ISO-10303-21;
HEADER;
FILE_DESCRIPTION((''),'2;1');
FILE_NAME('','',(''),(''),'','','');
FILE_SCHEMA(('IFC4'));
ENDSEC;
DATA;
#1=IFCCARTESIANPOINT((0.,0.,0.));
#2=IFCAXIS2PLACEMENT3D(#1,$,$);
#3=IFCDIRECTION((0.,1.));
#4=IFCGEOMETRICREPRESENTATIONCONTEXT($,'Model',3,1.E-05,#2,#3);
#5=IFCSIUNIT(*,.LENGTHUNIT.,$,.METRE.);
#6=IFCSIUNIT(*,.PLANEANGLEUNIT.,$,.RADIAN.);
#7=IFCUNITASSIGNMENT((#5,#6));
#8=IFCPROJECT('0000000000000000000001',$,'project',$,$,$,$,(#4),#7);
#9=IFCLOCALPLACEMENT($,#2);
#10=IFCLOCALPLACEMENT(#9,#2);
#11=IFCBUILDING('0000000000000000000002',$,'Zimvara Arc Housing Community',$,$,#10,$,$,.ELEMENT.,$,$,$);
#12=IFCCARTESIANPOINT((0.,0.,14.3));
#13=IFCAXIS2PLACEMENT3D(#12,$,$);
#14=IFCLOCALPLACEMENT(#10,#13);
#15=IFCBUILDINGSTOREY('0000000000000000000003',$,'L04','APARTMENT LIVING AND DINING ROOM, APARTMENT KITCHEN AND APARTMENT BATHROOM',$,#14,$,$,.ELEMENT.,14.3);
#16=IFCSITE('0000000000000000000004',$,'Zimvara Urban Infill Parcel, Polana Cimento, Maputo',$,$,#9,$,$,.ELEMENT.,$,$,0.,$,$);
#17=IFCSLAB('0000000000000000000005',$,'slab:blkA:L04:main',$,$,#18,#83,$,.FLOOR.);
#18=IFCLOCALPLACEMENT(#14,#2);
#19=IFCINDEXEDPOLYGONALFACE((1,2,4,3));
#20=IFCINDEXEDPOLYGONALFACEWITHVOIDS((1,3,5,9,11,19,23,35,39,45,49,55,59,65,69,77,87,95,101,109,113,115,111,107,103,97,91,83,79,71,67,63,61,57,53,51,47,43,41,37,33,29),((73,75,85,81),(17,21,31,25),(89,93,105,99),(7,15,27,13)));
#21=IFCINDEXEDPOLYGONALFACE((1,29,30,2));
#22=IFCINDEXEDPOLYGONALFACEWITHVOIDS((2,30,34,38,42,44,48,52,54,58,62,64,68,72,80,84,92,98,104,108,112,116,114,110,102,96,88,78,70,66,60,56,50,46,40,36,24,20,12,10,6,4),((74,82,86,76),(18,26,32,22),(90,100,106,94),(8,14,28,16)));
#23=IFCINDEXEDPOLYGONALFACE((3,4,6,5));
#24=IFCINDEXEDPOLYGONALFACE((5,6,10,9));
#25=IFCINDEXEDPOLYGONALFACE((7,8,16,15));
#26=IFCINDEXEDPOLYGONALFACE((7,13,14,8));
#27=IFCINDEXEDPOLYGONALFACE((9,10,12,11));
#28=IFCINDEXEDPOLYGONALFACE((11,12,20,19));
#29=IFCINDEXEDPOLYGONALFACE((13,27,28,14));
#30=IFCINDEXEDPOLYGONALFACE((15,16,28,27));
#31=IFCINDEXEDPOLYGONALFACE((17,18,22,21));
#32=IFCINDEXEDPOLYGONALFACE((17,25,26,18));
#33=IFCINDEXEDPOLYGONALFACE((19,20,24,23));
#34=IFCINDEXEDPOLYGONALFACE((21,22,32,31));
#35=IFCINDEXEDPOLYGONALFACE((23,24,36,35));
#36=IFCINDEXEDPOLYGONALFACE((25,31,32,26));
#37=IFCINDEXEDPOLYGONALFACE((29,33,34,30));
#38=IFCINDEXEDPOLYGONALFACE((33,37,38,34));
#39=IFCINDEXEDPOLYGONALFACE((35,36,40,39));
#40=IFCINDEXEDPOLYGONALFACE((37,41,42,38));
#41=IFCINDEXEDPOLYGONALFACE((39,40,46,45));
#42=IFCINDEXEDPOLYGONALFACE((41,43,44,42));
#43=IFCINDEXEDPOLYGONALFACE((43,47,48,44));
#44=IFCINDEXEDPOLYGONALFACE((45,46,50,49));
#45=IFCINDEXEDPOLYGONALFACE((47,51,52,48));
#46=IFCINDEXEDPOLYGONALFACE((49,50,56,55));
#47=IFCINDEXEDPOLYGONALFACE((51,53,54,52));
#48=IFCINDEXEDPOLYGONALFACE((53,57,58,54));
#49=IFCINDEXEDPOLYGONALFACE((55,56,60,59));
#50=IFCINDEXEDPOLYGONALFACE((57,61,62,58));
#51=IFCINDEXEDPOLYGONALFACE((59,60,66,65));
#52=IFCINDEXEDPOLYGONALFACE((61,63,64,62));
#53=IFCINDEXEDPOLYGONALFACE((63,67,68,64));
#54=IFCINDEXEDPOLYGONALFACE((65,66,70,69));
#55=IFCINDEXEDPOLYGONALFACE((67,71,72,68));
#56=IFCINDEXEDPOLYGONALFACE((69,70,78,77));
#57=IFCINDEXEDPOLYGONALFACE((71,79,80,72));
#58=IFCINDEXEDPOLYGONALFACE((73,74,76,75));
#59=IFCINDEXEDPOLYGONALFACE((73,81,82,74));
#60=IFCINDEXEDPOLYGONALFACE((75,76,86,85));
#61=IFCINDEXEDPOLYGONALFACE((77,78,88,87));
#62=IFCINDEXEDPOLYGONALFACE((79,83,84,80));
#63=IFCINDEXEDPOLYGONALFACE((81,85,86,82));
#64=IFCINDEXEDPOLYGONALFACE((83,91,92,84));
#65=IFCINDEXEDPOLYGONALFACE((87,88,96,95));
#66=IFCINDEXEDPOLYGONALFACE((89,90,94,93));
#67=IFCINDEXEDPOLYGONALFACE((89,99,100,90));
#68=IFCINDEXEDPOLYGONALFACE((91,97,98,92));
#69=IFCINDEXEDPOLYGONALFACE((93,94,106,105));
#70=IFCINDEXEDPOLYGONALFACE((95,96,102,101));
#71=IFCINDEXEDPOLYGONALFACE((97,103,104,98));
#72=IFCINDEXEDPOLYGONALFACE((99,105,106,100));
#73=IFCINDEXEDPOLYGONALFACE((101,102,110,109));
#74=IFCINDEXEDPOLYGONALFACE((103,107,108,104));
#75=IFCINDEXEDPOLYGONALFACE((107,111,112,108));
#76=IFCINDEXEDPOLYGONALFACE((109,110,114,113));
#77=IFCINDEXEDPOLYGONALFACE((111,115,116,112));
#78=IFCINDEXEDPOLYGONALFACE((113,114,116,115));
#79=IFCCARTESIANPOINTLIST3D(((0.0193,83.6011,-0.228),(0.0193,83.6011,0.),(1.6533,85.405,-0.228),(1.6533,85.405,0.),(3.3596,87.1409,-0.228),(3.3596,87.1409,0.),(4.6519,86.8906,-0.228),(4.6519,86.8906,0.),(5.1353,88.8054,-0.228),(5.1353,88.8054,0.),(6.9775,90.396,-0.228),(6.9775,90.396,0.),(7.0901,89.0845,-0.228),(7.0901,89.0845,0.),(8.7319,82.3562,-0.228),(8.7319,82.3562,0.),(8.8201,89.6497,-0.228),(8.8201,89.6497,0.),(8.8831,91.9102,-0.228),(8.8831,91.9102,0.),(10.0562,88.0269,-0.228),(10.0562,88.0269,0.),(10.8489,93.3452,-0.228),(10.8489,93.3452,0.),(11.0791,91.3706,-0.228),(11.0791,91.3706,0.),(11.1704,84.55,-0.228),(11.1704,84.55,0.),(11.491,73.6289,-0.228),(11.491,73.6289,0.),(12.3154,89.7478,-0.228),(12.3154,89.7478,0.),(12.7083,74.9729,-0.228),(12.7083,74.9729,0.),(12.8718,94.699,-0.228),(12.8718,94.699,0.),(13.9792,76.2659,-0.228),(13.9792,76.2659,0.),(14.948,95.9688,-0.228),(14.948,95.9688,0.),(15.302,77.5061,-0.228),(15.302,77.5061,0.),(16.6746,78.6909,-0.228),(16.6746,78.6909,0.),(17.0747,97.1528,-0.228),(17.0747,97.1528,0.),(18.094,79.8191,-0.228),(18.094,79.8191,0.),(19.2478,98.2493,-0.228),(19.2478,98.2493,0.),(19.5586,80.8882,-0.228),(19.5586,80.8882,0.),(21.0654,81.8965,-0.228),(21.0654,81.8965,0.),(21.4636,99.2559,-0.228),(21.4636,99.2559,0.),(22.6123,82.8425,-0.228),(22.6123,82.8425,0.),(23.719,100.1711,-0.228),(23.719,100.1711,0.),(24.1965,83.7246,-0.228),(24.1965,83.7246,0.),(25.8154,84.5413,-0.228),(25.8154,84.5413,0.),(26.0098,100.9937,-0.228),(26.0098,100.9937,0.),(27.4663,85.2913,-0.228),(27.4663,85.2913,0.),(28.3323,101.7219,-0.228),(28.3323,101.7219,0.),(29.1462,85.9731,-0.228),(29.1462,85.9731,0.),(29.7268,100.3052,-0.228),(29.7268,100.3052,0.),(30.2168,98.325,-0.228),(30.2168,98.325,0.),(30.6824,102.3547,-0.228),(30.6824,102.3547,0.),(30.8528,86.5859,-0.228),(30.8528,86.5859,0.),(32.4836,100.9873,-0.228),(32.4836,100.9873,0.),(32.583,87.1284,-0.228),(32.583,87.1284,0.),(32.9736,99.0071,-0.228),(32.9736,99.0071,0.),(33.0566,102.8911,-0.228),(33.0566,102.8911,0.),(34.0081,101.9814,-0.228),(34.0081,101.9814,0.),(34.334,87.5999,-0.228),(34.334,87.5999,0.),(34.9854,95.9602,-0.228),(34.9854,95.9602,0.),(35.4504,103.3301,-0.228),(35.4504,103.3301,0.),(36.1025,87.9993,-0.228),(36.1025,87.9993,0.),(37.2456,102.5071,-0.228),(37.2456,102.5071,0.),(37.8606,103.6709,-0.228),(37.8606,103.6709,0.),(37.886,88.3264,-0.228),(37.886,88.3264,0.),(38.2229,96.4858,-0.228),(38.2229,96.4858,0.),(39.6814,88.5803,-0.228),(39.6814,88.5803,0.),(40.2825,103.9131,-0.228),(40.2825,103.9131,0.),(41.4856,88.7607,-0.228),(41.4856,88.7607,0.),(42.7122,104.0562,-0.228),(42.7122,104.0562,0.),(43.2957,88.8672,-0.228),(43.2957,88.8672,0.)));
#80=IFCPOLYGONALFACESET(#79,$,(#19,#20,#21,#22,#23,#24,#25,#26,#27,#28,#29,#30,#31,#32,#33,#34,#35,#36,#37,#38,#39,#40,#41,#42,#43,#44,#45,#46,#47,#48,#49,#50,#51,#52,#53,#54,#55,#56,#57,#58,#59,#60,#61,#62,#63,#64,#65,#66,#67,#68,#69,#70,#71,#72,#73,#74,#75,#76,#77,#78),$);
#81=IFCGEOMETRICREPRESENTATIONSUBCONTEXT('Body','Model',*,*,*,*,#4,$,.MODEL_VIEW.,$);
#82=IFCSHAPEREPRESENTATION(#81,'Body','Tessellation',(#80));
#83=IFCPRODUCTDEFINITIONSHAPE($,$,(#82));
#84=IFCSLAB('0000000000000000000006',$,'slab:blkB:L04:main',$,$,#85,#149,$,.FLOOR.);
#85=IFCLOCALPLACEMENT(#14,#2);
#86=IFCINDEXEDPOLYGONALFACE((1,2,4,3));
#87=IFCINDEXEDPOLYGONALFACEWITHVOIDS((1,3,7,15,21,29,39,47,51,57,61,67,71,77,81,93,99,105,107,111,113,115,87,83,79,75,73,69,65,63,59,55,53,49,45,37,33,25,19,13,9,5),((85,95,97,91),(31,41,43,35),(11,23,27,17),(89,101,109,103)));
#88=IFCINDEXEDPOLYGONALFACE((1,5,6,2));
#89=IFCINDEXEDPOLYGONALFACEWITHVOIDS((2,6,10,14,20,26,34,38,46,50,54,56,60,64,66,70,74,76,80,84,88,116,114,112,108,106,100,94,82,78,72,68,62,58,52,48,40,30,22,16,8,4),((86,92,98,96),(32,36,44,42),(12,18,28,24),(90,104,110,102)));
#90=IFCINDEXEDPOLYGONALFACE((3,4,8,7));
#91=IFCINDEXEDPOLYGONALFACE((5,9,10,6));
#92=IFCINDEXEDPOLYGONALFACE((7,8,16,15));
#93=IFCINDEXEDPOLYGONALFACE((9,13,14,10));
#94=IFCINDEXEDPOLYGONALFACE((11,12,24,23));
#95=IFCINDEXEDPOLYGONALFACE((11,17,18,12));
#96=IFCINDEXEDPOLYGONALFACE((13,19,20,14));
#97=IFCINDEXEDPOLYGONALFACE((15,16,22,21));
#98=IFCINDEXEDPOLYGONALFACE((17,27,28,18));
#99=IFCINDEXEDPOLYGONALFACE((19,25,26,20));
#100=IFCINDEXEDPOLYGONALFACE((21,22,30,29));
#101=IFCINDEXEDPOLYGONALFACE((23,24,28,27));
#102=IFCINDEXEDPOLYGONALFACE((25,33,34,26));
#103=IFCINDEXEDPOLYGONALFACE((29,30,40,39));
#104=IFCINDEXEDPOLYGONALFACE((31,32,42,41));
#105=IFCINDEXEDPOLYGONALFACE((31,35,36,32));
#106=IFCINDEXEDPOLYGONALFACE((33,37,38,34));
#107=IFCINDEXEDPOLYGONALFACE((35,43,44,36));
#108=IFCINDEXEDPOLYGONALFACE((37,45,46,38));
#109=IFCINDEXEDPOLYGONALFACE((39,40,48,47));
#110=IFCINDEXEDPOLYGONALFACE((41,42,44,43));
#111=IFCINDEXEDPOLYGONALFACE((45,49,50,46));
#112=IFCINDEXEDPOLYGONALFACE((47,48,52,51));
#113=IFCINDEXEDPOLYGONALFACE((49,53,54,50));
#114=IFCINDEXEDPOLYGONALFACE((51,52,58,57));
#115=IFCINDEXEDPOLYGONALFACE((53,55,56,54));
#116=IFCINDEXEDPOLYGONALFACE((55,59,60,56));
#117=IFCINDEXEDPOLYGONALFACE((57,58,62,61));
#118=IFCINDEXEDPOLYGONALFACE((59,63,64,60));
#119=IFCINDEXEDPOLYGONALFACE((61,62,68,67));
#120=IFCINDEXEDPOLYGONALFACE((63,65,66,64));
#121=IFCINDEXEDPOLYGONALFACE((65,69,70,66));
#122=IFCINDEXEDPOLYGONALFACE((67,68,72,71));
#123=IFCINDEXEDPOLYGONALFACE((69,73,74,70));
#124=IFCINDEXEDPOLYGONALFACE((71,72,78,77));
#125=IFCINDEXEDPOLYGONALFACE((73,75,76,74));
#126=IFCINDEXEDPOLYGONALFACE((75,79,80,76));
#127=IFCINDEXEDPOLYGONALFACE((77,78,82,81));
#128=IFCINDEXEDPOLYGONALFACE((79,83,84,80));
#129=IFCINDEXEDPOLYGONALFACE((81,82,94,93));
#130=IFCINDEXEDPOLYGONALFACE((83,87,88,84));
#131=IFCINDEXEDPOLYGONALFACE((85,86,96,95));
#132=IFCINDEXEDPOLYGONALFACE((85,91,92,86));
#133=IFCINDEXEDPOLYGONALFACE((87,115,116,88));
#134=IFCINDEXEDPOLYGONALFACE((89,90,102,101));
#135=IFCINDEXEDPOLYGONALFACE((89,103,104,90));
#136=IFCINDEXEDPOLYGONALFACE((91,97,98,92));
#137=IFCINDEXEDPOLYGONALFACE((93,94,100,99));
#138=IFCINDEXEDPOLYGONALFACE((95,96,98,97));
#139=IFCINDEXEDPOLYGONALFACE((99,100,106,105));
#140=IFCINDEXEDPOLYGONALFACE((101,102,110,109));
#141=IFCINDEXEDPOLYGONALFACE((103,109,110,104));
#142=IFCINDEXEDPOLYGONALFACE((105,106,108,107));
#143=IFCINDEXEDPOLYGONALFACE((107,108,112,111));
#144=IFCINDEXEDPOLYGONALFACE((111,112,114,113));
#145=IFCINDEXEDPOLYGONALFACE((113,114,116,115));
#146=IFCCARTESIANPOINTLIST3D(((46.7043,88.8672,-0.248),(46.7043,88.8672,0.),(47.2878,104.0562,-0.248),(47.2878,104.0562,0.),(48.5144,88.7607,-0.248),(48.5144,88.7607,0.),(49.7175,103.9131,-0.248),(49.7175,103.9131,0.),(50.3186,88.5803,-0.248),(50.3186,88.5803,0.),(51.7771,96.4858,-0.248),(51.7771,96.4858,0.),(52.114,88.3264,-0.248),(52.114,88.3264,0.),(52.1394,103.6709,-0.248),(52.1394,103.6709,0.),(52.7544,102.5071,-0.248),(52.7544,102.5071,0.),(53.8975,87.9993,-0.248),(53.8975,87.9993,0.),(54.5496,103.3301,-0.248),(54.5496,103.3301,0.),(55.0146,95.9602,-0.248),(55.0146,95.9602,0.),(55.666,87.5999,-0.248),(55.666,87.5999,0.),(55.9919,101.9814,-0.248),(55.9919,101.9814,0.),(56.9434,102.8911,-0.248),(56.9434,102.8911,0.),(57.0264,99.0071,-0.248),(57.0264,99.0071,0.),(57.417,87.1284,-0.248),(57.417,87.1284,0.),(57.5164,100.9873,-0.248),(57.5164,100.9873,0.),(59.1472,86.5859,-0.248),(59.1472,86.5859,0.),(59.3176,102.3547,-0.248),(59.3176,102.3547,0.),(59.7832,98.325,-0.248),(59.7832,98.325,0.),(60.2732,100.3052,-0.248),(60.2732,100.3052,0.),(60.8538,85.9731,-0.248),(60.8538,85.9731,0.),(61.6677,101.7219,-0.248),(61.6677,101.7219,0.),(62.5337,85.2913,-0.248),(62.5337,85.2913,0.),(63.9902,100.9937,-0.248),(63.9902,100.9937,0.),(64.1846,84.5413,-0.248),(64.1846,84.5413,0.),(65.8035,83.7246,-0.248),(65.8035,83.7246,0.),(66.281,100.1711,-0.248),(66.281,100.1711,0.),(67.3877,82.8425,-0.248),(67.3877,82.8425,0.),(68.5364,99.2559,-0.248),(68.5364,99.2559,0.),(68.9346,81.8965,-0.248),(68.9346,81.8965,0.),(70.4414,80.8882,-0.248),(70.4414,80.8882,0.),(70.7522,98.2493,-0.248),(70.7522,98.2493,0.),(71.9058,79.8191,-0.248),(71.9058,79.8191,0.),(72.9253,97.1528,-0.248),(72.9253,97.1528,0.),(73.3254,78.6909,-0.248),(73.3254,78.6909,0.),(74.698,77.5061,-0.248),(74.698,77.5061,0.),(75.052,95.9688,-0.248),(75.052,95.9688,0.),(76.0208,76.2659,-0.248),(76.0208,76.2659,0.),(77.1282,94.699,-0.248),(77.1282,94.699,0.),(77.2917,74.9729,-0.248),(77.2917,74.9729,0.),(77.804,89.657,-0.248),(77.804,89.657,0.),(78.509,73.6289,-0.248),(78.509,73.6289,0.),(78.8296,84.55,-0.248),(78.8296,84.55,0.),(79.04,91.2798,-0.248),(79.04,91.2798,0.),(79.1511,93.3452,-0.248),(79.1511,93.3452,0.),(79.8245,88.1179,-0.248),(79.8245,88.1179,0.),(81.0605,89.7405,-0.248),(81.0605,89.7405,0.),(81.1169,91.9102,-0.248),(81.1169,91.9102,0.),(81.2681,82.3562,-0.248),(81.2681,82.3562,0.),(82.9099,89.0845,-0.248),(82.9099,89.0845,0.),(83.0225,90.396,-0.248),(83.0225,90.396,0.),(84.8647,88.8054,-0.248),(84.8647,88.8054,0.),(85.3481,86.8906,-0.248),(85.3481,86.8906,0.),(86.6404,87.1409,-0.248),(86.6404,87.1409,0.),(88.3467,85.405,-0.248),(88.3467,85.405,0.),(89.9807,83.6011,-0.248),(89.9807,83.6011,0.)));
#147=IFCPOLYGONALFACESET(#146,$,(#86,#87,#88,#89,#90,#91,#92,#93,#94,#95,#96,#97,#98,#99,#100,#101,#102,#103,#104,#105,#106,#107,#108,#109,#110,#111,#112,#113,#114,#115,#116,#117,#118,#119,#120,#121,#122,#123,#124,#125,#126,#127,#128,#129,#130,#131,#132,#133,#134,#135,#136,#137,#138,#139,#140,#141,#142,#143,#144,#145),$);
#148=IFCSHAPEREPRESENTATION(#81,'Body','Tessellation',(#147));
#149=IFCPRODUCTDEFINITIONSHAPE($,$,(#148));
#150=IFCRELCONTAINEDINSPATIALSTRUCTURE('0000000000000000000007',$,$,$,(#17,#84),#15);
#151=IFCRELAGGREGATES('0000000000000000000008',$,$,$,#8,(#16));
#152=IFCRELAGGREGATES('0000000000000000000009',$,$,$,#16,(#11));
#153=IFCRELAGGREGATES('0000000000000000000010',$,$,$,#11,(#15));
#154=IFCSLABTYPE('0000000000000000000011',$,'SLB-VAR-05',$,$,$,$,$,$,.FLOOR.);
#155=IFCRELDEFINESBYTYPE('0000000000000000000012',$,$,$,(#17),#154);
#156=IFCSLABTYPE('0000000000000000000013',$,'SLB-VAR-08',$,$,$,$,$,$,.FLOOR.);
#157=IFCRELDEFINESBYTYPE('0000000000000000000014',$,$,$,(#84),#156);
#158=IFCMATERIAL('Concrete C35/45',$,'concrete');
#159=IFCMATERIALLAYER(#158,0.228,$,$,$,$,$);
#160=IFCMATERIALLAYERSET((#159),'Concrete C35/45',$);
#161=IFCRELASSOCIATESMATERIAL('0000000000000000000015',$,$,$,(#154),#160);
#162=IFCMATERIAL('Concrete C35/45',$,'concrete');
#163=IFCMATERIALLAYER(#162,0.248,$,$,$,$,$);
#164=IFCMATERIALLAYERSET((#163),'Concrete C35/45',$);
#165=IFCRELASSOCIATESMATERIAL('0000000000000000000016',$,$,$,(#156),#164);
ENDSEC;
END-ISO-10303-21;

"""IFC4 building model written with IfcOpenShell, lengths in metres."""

from ifc_helpers import new_model, si_unit, direction, frame, origin, place, context, subcontext, project, spatial, polyline, outline, extrude, material, layer, layer_set, type_object, element, save


model = new_model("IFC4")

# Units and contexts
model_context = context("Model", 3, precision=1e-05, world=origin(), true_north=direction((0.0, 1.0)))
body_context = subcontext(model_context, "Body", "Model", "MODEL_VIEW")
ifc_project = project(units=[si_unit("LENGTHUNIT", "METRE"), si_unit("PLANEANGLEUNIT", "RADIAN")], contexts=[model_context])

# Site, building, storey
site_placement = place(None, origin())
site = spatial("IfcSite", under=ifc_project, at=site_placement, Name="Zimvara Urban Infill Parcel, Polana Cimento, Maputo", CompositionType="ELEMENT", RefElevation=0.0)
building_placement = place(site_placement, origin())
building = spatial("IfcBuilding", under=site, at=building_placement, Name="Zimvara Arc Housing Community", CompositionType="ELEMENT")
storey_placement = place(building_placement, frame((0.0, 0.0, 14.3)))
storey = spatial("IfcBuildingStorey", under=building, at=storey_placement, Name="L04", Description="APARTMENT LIVING AND DINING ROOM, APARTMENT KITCHEN AND APARTMENT BATHROOM", CompositionType="ELEMENT", Elevation=14.3)

# Slabs
ifc_material_1 = material(Name="Concrete C35/45", Category="concrete")
ifc_layer_1 = layer(ifc_material_1, 0.228)
ifc_layer_set_1 = layer_set([ifc_layer_1], Name="Concrete C35/45")
slab_type_1 = type_object("IfcSlabType", Name="SLB-VAR-05", PredefinedType="FLOOR", material=ifc_layer_set_1)
slab_1_placement = place(storey_placement, frame((0.0, 0.0, -0.228)))
element("IfcSlab", 1, at=slab_1_placement, inside=storey, type_object=slab_type_1, Name="slab:blkA:L04:main", PredefinedType="FLOOR", context=body_context, shape_type="SweptSolid", body=[
    extrude(outline(polyline([(11.491, 73.6289), (12.7083, 74.9729), (13.9792, 76.2659), (15.302, 77.5061), (16.6746, 78.6909), (18.094, 79.8191), (19.5586, 80.8882), (21.0654, 81.8965), (22.6123, 82.8425), (24.1965, 83.7246), (25.8154, 84.5413), (27.4663, 85.2913), (29.1462, 85.9731), (30.8528, 86.5859), (32.583, 87.1284), (34.334, 87.5999), (36.1025, 87.9993), (37.886, 88.3264), (39.6814, 88.5803), (41.4856, 88.7607), (43.2957, 88.8672), (42.7122, 104.0562), (40.2825, 103.9131), (37.8606, 103.6709), (35.4504, 103.3301), (33.0566, 102.8911), (30.6824, 102.3547), (28.3323, 101.7219), (26.0098, 100.9937), (23.719, 100.1711), (21.4636, 99.2559), (19.2478, 98.2493), (17.0747, 97.1528), (14.948, 95.9688), (12.8718, 94.699), (10.8489, 93.3452), (8.8831, 91.9102), (6.9775, 90.396), (5.1353, 88.8054), (3.3596, 87.1409), (1.6533, 85.405), (0.0193, 83.6011), (11.491, 73.6289)]), holes=[polyline([(8.7319, 82.3562), (4.6519, 86.8906), (7.0901, 89.0845), (11.1704, 84.55), (8.7319, 82.3562)]), polyline([(34.9854, 95.9602), (34.0081, 101.9814), (37.2456, 102.5071), (38.2229, 96.4858), (34.9854, 95.9602)]), polyline([(10.0562, 88.0269), (8.8201, 89.6497), (11.0791, 91.3706), (12.3154, 89.7478), (10.0562, 88.0269)]), polyline([(30.2168, 98.325), (29.7268, 100.3052), (32.4836, 100.9873), (32.9736, 99.0071), (30.2168, 98.325)])]), origin(), (0.0, 0.0, 1.0), 0.228),
])
ifc_material_2 = material(Name="Concrete C35/45", Category="concrete")
ifc_layer_2 = layer(ifc_material_2, 0.248)
ifc_layer_set_2 = layer_set([ifc_layer_2], Name="Concrete C35/45")
slab_type_2 = type_object("IfcSlabType", Name="SLB-VAR-08", PredefinedType="FLOOR", material=ifc_layer_set_2)
slab_2_placement = place(storey_placement, frame((0.0, 0.0, -0.248)))
element("IfcSlab", 2, at=slab_2_placement, inside=storey, type_object=slab_type_2, Name="slab:blkB:L04:main", PredefinedType="FLOOR", context=body_context, shape_type="SweptSolid", body=[
    extrude(outline(polyline([(46.7043, 88.8672), (48.5144, 88.7607), (50.3186, 88.5803), (52.114, 88.3264), (53.8975, 87.9993), (55.666, 87.5999), (57.417, 87.1284), (59.1472, 86.5859), (60.8538, 85.9731), (62.5337, 85.2913), (64.1846, 84.5413), (65.8035, 83.7246), (67.3877, 82.8425), (68.9346, 81.8965), (70.4414, 80.8882), (71.9058, 79.8191), (73.3254, 78.6909), (74.698, 77.5061), (76.0208, 76.2659), (77.2917, 74.9729), (78.509, 73.6289), (89.9807, 83.6011), (88.3467, 85.405), (86.6404, 87.1409), (84.8647, 88.8054), (83.0225, 90.396), (81.1169, 91.9102), (79.1511, 93.3452), (77.1282, 94.699), (75.052, 95.9688), (72.9253, 97.1528), (70.7522, 98.2493), (68.5364, 99.2559), (66.281, 100.1711), (63.9902, 100.9937), (61.6677, 101.7219), (59.3176, 102.3547), (56.9434, 102.8911), (54.5496, 103.3301), (52.1394, 103.6709), (49.7175, 103.9131), (47.2878, 104.0562), (46.7043, 88.8672)]), holes=[polyline([(51.7771, 96.4858), (52.7544, 102.5071), (55.9919, 101.9814), (55.0146, 95.9602), (51.7771, 96.4858)]), polyline([(78.8296, 84.55), (82.9099, 89.0845), (85.3481, 86.8906), (81.2681, 82.3562), (78.8296, 84.55)]), polyline([(57.0264, 99.0071), (57.5164, 100.9873), (60.2732, 100.3052), (59.7832, 98.325), (57.0264, 99.0071)]), polyline([(77.804, 89.657), (79.04, 91.2798), (81.0605, 89.7405), (79.8245, 88.1179), (77.804, 89.657)])]), origin(), (0.0, 0.0, 1.0), 0.248),
])

save(model, "model.ifc")
